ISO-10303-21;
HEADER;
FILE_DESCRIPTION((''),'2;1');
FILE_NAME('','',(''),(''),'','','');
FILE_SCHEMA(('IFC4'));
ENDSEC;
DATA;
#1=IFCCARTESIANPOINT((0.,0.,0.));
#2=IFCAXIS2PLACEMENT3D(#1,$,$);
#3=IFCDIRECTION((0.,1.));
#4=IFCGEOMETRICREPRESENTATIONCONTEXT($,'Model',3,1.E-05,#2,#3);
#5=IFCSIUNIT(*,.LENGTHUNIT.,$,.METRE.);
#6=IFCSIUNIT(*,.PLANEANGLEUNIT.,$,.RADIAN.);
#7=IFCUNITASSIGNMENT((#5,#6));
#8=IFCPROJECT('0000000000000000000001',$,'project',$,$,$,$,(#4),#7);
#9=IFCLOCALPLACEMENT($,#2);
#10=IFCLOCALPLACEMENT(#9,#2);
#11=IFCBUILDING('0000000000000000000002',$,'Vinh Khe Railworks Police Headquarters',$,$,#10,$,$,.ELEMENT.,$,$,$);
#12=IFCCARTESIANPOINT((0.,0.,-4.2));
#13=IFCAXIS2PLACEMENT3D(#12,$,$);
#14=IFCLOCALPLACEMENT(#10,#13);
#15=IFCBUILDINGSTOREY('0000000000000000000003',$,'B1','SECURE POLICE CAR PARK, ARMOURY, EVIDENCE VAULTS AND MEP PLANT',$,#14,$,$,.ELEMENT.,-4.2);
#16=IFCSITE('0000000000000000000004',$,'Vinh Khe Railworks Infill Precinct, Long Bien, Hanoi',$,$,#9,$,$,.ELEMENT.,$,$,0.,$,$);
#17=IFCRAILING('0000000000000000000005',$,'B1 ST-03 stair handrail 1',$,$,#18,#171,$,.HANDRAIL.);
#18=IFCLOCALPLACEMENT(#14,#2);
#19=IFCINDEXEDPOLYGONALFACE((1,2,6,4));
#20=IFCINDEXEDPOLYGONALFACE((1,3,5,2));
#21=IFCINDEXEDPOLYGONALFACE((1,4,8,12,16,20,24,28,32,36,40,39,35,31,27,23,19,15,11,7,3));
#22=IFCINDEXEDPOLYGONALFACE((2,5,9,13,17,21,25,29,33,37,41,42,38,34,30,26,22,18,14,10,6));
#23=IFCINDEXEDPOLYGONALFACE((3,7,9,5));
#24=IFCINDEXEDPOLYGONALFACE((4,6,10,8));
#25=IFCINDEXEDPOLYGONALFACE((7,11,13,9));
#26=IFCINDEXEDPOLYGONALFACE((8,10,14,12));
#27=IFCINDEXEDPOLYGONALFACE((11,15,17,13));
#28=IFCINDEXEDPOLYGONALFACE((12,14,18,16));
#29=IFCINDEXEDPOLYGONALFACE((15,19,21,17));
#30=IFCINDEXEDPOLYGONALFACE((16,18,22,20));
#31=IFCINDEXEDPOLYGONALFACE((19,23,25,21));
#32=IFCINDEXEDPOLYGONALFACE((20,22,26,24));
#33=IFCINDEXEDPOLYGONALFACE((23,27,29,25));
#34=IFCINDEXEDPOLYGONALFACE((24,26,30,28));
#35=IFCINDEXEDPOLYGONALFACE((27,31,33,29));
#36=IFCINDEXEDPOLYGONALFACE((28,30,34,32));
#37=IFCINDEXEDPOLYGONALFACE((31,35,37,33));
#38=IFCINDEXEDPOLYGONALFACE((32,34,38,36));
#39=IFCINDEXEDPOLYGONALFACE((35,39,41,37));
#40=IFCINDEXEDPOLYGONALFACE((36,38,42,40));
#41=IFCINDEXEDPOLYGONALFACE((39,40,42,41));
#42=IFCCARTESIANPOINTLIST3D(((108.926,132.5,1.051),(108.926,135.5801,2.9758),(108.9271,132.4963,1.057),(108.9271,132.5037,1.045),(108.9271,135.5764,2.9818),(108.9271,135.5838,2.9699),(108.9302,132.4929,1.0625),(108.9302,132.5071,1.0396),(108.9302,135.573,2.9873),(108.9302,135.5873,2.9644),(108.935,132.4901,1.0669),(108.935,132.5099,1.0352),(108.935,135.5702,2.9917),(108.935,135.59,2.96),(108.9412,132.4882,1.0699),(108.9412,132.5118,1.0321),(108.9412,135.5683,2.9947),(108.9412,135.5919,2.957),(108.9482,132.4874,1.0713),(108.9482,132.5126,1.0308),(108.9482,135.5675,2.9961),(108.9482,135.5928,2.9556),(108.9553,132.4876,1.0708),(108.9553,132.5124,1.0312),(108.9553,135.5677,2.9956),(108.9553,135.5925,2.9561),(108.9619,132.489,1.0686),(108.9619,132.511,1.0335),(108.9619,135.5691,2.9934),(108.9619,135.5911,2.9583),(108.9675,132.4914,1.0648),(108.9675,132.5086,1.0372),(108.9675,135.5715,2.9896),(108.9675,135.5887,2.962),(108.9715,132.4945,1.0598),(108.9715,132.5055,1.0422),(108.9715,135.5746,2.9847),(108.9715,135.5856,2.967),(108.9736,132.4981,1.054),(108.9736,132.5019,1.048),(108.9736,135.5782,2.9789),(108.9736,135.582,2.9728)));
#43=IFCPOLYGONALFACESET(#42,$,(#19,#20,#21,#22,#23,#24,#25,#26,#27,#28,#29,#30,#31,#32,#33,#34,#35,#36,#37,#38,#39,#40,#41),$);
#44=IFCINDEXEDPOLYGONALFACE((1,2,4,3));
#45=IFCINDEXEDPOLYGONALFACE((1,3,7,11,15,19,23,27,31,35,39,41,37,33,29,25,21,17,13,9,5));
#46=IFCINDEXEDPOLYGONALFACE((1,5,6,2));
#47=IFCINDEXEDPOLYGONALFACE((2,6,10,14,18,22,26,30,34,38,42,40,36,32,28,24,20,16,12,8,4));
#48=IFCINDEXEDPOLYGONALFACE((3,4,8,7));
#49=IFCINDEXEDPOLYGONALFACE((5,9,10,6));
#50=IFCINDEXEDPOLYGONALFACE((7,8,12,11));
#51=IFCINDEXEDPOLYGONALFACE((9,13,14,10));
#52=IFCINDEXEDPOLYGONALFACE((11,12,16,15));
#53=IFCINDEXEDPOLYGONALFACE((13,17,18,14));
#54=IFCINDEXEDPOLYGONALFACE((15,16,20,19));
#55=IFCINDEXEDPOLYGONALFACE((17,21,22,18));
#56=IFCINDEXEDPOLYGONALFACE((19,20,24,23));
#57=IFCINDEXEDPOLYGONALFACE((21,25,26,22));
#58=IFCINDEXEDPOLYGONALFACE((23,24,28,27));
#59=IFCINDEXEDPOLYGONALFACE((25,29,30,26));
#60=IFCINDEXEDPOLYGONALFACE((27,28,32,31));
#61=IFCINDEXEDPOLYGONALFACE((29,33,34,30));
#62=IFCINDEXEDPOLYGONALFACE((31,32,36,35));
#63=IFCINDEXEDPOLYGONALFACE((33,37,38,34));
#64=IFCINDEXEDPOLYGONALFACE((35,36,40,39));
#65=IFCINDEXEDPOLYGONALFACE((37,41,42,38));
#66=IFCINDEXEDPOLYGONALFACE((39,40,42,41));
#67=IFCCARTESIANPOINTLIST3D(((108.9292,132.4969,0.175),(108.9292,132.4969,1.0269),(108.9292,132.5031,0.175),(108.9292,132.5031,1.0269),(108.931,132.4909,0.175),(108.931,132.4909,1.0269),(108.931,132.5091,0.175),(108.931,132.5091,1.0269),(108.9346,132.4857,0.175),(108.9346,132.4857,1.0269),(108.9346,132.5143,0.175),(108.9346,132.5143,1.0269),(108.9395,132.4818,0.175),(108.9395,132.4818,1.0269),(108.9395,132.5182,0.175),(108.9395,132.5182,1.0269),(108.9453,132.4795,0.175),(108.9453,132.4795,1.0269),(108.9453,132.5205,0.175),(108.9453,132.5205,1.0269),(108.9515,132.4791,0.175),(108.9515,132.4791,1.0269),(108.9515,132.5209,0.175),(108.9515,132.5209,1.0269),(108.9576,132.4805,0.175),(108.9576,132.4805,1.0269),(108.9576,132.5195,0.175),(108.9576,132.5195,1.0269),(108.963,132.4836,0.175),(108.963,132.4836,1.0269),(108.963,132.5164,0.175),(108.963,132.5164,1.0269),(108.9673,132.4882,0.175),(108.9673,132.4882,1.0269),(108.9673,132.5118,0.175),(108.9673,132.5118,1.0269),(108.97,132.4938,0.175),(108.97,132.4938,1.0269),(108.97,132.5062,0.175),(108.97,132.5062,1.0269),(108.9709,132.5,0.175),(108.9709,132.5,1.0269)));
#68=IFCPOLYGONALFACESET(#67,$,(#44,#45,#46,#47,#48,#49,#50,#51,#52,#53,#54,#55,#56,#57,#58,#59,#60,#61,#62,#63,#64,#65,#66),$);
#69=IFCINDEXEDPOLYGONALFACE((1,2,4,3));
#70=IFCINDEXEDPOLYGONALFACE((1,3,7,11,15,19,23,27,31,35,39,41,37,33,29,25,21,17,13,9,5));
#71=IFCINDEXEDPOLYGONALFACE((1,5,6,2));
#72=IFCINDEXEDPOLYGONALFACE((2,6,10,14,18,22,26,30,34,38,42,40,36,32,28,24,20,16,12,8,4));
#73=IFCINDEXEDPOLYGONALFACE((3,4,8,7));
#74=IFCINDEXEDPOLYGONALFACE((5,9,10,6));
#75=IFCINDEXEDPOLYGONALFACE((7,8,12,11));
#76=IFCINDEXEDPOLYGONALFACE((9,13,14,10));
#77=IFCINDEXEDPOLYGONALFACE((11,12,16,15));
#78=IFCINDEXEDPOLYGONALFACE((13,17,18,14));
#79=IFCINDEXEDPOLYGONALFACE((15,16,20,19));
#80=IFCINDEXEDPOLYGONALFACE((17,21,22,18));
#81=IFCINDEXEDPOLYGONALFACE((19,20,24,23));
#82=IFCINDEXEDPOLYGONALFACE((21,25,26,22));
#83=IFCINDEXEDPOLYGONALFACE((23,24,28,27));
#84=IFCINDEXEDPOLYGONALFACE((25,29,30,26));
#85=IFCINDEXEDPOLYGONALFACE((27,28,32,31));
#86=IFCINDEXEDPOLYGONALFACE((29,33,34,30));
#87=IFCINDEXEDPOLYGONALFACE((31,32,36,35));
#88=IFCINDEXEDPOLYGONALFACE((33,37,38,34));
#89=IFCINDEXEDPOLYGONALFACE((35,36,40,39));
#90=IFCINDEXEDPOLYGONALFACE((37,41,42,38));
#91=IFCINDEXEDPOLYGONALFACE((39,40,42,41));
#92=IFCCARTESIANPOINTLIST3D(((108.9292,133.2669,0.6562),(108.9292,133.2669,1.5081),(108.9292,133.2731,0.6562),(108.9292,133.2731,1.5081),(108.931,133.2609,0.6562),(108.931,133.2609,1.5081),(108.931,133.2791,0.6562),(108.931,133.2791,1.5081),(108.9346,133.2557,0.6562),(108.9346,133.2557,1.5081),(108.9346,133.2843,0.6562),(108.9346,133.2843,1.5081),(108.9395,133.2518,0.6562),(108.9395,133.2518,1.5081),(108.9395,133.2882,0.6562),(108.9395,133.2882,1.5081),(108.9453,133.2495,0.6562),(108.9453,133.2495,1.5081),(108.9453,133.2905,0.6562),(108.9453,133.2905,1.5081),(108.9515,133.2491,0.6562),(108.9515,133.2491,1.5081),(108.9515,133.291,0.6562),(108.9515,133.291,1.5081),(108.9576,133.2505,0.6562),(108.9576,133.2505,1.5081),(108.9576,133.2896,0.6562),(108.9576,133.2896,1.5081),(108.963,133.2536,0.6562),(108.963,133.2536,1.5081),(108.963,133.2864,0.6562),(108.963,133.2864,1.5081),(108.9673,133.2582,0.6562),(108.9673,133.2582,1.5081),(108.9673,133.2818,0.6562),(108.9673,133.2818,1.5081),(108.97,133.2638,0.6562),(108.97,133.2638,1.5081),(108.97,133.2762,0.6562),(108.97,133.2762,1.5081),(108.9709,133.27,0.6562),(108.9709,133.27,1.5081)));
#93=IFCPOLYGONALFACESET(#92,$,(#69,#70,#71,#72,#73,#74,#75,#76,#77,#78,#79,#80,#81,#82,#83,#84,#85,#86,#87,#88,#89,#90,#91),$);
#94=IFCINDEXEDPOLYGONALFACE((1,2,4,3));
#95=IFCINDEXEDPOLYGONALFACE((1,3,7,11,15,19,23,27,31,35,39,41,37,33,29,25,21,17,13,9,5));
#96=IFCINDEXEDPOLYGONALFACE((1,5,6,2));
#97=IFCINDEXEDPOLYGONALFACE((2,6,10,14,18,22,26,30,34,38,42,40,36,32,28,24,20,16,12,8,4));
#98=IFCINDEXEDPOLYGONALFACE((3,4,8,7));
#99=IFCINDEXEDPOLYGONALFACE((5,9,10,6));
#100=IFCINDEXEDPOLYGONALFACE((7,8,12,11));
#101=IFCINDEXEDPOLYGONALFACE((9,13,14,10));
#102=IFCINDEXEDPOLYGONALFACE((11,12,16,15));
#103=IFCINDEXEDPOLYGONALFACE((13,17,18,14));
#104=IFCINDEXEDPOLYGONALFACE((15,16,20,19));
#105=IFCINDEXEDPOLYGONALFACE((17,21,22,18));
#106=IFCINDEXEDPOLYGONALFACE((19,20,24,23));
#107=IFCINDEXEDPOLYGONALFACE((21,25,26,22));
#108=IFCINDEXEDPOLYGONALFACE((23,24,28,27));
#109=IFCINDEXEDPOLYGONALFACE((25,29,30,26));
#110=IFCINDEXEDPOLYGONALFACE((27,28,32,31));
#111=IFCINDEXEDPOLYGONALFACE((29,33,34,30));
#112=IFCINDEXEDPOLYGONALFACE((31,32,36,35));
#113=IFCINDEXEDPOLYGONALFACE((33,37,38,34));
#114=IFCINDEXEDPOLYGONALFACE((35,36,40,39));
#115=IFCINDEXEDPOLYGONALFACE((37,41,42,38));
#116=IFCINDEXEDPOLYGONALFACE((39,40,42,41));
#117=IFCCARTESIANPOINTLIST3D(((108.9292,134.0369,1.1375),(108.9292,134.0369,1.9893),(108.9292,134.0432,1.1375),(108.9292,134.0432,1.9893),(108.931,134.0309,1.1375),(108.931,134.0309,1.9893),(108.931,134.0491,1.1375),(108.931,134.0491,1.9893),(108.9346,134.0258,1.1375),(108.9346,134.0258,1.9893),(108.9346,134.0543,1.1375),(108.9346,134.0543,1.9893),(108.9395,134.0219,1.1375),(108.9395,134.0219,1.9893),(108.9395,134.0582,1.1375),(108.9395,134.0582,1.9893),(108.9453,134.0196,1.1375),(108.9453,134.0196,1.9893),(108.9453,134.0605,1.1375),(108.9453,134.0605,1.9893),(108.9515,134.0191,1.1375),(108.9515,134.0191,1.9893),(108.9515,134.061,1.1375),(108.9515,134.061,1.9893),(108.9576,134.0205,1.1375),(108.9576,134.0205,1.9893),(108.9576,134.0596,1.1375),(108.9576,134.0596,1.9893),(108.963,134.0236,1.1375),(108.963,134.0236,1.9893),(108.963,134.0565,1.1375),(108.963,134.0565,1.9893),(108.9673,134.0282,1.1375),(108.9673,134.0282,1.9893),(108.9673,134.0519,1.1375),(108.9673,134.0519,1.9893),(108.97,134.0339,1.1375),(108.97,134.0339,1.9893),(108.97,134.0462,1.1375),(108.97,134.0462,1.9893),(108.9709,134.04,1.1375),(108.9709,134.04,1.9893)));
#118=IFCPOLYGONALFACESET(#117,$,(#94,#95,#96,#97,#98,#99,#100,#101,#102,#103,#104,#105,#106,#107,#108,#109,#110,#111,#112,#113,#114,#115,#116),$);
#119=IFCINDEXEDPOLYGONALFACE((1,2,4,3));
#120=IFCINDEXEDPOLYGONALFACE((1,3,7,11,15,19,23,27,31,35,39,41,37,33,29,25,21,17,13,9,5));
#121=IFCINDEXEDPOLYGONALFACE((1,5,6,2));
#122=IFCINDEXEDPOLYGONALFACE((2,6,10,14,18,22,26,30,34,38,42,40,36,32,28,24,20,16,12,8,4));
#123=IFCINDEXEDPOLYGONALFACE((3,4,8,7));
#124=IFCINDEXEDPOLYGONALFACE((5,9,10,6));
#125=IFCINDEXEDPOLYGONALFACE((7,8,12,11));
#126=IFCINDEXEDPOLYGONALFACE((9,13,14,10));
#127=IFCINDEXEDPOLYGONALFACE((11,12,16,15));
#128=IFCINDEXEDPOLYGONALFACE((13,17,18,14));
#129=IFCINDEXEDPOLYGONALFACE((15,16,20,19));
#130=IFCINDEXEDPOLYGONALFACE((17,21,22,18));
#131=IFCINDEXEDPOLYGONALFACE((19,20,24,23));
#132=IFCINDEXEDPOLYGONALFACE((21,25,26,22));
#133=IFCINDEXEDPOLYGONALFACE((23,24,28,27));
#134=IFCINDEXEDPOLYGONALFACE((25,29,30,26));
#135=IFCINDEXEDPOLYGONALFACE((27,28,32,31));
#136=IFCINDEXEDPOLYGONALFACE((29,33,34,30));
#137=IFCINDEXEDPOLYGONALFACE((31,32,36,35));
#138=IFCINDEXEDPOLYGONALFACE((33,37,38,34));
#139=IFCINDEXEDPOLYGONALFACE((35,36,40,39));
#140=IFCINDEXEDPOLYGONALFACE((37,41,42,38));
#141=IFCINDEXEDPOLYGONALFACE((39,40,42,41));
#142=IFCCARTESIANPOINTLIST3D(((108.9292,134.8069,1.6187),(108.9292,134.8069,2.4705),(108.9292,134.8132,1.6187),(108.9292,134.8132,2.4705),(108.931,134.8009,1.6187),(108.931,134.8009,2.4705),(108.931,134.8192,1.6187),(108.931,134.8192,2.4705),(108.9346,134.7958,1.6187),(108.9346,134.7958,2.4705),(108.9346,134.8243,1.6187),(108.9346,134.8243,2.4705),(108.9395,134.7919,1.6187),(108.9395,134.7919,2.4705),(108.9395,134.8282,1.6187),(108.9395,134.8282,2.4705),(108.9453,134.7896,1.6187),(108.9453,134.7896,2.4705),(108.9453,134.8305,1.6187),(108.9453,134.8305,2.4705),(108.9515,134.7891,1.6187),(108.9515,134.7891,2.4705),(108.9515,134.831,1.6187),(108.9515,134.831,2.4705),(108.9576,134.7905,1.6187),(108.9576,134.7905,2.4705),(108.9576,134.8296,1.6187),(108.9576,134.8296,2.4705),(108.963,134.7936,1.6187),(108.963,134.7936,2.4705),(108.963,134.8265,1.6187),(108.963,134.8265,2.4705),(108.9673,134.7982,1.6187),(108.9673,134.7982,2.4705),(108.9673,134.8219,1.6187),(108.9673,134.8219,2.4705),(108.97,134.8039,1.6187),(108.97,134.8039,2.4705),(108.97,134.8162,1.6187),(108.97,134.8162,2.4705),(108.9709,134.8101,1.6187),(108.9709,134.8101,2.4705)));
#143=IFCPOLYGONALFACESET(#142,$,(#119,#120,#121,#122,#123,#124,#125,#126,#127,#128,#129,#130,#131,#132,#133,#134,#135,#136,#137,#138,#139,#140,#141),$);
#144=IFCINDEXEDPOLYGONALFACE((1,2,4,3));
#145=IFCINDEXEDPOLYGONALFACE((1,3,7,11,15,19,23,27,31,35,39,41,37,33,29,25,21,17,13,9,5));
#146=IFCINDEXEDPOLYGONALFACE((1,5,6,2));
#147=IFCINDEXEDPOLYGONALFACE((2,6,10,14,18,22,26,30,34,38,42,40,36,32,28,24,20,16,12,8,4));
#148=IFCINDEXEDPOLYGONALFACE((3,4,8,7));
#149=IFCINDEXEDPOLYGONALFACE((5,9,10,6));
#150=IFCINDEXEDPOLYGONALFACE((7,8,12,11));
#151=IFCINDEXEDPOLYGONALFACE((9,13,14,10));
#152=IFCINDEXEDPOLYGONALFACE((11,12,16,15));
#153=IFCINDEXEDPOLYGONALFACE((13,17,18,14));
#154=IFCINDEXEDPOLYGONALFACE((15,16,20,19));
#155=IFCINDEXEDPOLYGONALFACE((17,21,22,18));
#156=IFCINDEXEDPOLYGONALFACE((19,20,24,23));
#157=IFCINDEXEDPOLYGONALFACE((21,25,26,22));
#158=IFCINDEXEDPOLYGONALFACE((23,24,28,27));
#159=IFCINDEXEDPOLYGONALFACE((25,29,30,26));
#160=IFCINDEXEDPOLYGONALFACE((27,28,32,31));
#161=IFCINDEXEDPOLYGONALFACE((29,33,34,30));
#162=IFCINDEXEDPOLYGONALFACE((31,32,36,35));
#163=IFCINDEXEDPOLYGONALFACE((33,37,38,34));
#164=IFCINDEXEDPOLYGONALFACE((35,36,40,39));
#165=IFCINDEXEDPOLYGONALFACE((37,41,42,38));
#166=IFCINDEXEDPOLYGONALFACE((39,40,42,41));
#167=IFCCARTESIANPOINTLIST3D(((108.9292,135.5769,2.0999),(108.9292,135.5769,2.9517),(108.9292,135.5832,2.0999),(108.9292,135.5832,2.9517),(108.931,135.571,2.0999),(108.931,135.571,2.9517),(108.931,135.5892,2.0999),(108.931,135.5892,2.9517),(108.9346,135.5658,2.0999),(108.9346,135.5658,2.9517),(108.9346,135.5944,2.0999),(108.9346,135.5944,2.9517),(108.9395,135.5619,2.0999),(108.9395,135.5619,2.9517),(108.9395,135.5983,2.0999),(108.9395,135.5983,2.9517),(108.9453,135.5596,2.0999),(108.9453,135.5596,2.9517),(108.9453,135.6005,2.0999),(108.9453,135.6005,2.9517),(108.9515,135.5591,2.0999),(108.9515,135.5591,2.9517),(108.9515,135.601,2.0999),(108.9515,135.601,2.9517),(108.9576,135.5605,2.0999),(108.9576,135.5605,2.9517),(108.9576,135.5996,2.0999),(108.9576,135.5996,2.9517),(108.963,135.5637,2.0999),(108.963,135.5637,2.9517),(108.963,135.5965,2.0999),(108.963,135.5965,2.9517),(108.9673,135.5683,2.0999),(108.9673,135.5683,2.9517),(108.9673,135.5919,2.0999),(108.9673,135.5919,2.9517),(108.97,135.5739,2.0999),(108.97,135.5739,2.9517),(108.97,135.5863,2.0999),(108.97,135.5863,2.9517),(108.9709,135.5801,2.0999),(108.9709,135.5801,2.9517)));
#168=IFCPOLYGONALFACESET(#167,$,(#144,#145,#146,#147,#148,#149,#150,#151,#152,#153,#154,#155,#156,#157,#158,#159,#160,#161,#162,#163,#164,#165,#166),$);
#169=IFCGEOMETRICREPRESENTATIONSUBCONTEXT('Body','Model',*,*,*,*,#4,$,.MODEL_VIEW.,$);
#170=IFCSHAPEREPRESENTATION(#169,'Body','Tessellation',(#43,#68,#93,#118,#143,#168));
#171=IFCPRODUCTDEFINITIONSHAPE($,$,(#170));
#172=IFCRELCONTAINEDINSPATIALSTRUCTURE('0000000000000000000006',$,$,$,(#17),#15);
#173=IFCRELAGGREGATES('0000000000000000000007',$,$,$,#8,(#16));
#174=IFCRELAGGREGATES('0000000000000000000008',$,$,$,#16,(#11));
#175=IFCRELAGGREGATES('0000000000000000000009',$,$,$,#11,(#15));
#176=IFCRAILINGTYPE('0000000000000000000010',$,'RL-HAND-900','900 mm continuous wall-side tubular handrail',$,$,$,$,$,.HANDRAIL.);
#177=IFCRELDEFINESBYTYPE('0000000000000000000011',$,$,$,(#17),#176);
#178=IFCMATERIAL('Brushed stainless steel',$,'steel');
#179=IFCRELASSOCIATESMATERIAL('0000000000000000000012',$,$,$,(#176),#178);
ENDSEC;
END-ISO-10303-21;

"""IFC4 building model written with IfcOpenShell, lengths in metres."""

from ifc_helpers import new_model, si_unit, direction, frame, origin, origin_2d, place, context, subcontext, project, spatial, circle, extrude, material, type_object, element, save


model = new_model("IFC4")

# Units and contexts
model_context = context("Model", 3, precision=1e-05, world=origin(), true_north=direction((0.0, 1.0)))
body_context = subcontext(model_context, "Body", "Model", "MODEL_VIEW")
ifc_project = project(units=[si_unit("LENGTHUNIT", "METRE"), si_unit("PLANEANGLEUNIT", "RADIAN")], contexts=[model_context])

# Site, building, storey
site_placement = place(None, origin())
site = spatial("IfcSite", under=ifc_project, at=site_placement, Name="Vinh Khe Railworks Infill Precinct, Long Bien, Hanoi", CompositionType="ELEMENT", RefElevation=0.0)
building_placement = place(site_placement, origin())
building = spatial("IfcBuilding", under=site, at=building_placement, Name="Vinh Khe Railworks Police Headquarters", CompositionType="ELEMENT")
storey_placement = place(building_placement, frame((0.0, 0.0, -4.2)))
storey = spatial("IfcBuildingStorey", under=building, at=storey_placement, Name="B1", Description="SECURE POLICE CAR PARK, ARMOURY, EVIDENCE VAULTS AND MEP PLANT", CompositionType="ELEMENT", Elevation=-4.2)

# Railing
ifc_material_1 = material(Name="Brushed stainless steel", Category="steel")
railing_type_1 = type_object("IfcRailingType", Name="RL-HAND-900", Description="900 mm continuous wall-side tubular handrail", PredefinedType="HANDRAIL", material=ifc_material_1)
railing_1_placement = place(storey_placement, frame((108.95, 132.5, 0.175)))
element("IfcRailing", 1, at=railing_1_placement, inside=storey, type_object=railing_type_1, Name="B1 ST-03 stair handrail 1", PredefinedType="HANDRAIL", context=body_context, shape_type="SweptSolid", body=[
    extrude(circle(Radius=0.0239, at=origin_2d()), frame((0.0, 0.0, 0.876), z_axis=(0.0, 0.848029, 0.529951), x_axis=(-1.0, 0.0, 0.0)), (0.0, 0.0, 1.0), 3.6321),
    extrude(circle(Radius=0.021, at=origin_2d()), origin(), (0.0, 0.0, 1.0), 0.8518),
    extrude(circle(Radius=0.021, at=origin_2d()), frame((0.0, 0.77, 0.4812)), (0.0, 0.0, 1.0), 0.8518),
    extrude(circle(Radius=0.021, at=origin_2d()), frame((0.0, 1.54, 0.9624)), (0.0, 0.0, 1.0), 0.8518),
    extrude(circle(Radius=0.021, at=origin_2d()), frame((0.0, 2.3101, 1.4436)), (0.0, 0.0, 1.0), 0.8518),
    extrude(circle(Radius=0.021, at=origin_2d()), frame((0.0, 3.0801, 1.9248)), (0.0, 0.0, 1.0), 0.8518),
])

save(model, "model.ifc")
